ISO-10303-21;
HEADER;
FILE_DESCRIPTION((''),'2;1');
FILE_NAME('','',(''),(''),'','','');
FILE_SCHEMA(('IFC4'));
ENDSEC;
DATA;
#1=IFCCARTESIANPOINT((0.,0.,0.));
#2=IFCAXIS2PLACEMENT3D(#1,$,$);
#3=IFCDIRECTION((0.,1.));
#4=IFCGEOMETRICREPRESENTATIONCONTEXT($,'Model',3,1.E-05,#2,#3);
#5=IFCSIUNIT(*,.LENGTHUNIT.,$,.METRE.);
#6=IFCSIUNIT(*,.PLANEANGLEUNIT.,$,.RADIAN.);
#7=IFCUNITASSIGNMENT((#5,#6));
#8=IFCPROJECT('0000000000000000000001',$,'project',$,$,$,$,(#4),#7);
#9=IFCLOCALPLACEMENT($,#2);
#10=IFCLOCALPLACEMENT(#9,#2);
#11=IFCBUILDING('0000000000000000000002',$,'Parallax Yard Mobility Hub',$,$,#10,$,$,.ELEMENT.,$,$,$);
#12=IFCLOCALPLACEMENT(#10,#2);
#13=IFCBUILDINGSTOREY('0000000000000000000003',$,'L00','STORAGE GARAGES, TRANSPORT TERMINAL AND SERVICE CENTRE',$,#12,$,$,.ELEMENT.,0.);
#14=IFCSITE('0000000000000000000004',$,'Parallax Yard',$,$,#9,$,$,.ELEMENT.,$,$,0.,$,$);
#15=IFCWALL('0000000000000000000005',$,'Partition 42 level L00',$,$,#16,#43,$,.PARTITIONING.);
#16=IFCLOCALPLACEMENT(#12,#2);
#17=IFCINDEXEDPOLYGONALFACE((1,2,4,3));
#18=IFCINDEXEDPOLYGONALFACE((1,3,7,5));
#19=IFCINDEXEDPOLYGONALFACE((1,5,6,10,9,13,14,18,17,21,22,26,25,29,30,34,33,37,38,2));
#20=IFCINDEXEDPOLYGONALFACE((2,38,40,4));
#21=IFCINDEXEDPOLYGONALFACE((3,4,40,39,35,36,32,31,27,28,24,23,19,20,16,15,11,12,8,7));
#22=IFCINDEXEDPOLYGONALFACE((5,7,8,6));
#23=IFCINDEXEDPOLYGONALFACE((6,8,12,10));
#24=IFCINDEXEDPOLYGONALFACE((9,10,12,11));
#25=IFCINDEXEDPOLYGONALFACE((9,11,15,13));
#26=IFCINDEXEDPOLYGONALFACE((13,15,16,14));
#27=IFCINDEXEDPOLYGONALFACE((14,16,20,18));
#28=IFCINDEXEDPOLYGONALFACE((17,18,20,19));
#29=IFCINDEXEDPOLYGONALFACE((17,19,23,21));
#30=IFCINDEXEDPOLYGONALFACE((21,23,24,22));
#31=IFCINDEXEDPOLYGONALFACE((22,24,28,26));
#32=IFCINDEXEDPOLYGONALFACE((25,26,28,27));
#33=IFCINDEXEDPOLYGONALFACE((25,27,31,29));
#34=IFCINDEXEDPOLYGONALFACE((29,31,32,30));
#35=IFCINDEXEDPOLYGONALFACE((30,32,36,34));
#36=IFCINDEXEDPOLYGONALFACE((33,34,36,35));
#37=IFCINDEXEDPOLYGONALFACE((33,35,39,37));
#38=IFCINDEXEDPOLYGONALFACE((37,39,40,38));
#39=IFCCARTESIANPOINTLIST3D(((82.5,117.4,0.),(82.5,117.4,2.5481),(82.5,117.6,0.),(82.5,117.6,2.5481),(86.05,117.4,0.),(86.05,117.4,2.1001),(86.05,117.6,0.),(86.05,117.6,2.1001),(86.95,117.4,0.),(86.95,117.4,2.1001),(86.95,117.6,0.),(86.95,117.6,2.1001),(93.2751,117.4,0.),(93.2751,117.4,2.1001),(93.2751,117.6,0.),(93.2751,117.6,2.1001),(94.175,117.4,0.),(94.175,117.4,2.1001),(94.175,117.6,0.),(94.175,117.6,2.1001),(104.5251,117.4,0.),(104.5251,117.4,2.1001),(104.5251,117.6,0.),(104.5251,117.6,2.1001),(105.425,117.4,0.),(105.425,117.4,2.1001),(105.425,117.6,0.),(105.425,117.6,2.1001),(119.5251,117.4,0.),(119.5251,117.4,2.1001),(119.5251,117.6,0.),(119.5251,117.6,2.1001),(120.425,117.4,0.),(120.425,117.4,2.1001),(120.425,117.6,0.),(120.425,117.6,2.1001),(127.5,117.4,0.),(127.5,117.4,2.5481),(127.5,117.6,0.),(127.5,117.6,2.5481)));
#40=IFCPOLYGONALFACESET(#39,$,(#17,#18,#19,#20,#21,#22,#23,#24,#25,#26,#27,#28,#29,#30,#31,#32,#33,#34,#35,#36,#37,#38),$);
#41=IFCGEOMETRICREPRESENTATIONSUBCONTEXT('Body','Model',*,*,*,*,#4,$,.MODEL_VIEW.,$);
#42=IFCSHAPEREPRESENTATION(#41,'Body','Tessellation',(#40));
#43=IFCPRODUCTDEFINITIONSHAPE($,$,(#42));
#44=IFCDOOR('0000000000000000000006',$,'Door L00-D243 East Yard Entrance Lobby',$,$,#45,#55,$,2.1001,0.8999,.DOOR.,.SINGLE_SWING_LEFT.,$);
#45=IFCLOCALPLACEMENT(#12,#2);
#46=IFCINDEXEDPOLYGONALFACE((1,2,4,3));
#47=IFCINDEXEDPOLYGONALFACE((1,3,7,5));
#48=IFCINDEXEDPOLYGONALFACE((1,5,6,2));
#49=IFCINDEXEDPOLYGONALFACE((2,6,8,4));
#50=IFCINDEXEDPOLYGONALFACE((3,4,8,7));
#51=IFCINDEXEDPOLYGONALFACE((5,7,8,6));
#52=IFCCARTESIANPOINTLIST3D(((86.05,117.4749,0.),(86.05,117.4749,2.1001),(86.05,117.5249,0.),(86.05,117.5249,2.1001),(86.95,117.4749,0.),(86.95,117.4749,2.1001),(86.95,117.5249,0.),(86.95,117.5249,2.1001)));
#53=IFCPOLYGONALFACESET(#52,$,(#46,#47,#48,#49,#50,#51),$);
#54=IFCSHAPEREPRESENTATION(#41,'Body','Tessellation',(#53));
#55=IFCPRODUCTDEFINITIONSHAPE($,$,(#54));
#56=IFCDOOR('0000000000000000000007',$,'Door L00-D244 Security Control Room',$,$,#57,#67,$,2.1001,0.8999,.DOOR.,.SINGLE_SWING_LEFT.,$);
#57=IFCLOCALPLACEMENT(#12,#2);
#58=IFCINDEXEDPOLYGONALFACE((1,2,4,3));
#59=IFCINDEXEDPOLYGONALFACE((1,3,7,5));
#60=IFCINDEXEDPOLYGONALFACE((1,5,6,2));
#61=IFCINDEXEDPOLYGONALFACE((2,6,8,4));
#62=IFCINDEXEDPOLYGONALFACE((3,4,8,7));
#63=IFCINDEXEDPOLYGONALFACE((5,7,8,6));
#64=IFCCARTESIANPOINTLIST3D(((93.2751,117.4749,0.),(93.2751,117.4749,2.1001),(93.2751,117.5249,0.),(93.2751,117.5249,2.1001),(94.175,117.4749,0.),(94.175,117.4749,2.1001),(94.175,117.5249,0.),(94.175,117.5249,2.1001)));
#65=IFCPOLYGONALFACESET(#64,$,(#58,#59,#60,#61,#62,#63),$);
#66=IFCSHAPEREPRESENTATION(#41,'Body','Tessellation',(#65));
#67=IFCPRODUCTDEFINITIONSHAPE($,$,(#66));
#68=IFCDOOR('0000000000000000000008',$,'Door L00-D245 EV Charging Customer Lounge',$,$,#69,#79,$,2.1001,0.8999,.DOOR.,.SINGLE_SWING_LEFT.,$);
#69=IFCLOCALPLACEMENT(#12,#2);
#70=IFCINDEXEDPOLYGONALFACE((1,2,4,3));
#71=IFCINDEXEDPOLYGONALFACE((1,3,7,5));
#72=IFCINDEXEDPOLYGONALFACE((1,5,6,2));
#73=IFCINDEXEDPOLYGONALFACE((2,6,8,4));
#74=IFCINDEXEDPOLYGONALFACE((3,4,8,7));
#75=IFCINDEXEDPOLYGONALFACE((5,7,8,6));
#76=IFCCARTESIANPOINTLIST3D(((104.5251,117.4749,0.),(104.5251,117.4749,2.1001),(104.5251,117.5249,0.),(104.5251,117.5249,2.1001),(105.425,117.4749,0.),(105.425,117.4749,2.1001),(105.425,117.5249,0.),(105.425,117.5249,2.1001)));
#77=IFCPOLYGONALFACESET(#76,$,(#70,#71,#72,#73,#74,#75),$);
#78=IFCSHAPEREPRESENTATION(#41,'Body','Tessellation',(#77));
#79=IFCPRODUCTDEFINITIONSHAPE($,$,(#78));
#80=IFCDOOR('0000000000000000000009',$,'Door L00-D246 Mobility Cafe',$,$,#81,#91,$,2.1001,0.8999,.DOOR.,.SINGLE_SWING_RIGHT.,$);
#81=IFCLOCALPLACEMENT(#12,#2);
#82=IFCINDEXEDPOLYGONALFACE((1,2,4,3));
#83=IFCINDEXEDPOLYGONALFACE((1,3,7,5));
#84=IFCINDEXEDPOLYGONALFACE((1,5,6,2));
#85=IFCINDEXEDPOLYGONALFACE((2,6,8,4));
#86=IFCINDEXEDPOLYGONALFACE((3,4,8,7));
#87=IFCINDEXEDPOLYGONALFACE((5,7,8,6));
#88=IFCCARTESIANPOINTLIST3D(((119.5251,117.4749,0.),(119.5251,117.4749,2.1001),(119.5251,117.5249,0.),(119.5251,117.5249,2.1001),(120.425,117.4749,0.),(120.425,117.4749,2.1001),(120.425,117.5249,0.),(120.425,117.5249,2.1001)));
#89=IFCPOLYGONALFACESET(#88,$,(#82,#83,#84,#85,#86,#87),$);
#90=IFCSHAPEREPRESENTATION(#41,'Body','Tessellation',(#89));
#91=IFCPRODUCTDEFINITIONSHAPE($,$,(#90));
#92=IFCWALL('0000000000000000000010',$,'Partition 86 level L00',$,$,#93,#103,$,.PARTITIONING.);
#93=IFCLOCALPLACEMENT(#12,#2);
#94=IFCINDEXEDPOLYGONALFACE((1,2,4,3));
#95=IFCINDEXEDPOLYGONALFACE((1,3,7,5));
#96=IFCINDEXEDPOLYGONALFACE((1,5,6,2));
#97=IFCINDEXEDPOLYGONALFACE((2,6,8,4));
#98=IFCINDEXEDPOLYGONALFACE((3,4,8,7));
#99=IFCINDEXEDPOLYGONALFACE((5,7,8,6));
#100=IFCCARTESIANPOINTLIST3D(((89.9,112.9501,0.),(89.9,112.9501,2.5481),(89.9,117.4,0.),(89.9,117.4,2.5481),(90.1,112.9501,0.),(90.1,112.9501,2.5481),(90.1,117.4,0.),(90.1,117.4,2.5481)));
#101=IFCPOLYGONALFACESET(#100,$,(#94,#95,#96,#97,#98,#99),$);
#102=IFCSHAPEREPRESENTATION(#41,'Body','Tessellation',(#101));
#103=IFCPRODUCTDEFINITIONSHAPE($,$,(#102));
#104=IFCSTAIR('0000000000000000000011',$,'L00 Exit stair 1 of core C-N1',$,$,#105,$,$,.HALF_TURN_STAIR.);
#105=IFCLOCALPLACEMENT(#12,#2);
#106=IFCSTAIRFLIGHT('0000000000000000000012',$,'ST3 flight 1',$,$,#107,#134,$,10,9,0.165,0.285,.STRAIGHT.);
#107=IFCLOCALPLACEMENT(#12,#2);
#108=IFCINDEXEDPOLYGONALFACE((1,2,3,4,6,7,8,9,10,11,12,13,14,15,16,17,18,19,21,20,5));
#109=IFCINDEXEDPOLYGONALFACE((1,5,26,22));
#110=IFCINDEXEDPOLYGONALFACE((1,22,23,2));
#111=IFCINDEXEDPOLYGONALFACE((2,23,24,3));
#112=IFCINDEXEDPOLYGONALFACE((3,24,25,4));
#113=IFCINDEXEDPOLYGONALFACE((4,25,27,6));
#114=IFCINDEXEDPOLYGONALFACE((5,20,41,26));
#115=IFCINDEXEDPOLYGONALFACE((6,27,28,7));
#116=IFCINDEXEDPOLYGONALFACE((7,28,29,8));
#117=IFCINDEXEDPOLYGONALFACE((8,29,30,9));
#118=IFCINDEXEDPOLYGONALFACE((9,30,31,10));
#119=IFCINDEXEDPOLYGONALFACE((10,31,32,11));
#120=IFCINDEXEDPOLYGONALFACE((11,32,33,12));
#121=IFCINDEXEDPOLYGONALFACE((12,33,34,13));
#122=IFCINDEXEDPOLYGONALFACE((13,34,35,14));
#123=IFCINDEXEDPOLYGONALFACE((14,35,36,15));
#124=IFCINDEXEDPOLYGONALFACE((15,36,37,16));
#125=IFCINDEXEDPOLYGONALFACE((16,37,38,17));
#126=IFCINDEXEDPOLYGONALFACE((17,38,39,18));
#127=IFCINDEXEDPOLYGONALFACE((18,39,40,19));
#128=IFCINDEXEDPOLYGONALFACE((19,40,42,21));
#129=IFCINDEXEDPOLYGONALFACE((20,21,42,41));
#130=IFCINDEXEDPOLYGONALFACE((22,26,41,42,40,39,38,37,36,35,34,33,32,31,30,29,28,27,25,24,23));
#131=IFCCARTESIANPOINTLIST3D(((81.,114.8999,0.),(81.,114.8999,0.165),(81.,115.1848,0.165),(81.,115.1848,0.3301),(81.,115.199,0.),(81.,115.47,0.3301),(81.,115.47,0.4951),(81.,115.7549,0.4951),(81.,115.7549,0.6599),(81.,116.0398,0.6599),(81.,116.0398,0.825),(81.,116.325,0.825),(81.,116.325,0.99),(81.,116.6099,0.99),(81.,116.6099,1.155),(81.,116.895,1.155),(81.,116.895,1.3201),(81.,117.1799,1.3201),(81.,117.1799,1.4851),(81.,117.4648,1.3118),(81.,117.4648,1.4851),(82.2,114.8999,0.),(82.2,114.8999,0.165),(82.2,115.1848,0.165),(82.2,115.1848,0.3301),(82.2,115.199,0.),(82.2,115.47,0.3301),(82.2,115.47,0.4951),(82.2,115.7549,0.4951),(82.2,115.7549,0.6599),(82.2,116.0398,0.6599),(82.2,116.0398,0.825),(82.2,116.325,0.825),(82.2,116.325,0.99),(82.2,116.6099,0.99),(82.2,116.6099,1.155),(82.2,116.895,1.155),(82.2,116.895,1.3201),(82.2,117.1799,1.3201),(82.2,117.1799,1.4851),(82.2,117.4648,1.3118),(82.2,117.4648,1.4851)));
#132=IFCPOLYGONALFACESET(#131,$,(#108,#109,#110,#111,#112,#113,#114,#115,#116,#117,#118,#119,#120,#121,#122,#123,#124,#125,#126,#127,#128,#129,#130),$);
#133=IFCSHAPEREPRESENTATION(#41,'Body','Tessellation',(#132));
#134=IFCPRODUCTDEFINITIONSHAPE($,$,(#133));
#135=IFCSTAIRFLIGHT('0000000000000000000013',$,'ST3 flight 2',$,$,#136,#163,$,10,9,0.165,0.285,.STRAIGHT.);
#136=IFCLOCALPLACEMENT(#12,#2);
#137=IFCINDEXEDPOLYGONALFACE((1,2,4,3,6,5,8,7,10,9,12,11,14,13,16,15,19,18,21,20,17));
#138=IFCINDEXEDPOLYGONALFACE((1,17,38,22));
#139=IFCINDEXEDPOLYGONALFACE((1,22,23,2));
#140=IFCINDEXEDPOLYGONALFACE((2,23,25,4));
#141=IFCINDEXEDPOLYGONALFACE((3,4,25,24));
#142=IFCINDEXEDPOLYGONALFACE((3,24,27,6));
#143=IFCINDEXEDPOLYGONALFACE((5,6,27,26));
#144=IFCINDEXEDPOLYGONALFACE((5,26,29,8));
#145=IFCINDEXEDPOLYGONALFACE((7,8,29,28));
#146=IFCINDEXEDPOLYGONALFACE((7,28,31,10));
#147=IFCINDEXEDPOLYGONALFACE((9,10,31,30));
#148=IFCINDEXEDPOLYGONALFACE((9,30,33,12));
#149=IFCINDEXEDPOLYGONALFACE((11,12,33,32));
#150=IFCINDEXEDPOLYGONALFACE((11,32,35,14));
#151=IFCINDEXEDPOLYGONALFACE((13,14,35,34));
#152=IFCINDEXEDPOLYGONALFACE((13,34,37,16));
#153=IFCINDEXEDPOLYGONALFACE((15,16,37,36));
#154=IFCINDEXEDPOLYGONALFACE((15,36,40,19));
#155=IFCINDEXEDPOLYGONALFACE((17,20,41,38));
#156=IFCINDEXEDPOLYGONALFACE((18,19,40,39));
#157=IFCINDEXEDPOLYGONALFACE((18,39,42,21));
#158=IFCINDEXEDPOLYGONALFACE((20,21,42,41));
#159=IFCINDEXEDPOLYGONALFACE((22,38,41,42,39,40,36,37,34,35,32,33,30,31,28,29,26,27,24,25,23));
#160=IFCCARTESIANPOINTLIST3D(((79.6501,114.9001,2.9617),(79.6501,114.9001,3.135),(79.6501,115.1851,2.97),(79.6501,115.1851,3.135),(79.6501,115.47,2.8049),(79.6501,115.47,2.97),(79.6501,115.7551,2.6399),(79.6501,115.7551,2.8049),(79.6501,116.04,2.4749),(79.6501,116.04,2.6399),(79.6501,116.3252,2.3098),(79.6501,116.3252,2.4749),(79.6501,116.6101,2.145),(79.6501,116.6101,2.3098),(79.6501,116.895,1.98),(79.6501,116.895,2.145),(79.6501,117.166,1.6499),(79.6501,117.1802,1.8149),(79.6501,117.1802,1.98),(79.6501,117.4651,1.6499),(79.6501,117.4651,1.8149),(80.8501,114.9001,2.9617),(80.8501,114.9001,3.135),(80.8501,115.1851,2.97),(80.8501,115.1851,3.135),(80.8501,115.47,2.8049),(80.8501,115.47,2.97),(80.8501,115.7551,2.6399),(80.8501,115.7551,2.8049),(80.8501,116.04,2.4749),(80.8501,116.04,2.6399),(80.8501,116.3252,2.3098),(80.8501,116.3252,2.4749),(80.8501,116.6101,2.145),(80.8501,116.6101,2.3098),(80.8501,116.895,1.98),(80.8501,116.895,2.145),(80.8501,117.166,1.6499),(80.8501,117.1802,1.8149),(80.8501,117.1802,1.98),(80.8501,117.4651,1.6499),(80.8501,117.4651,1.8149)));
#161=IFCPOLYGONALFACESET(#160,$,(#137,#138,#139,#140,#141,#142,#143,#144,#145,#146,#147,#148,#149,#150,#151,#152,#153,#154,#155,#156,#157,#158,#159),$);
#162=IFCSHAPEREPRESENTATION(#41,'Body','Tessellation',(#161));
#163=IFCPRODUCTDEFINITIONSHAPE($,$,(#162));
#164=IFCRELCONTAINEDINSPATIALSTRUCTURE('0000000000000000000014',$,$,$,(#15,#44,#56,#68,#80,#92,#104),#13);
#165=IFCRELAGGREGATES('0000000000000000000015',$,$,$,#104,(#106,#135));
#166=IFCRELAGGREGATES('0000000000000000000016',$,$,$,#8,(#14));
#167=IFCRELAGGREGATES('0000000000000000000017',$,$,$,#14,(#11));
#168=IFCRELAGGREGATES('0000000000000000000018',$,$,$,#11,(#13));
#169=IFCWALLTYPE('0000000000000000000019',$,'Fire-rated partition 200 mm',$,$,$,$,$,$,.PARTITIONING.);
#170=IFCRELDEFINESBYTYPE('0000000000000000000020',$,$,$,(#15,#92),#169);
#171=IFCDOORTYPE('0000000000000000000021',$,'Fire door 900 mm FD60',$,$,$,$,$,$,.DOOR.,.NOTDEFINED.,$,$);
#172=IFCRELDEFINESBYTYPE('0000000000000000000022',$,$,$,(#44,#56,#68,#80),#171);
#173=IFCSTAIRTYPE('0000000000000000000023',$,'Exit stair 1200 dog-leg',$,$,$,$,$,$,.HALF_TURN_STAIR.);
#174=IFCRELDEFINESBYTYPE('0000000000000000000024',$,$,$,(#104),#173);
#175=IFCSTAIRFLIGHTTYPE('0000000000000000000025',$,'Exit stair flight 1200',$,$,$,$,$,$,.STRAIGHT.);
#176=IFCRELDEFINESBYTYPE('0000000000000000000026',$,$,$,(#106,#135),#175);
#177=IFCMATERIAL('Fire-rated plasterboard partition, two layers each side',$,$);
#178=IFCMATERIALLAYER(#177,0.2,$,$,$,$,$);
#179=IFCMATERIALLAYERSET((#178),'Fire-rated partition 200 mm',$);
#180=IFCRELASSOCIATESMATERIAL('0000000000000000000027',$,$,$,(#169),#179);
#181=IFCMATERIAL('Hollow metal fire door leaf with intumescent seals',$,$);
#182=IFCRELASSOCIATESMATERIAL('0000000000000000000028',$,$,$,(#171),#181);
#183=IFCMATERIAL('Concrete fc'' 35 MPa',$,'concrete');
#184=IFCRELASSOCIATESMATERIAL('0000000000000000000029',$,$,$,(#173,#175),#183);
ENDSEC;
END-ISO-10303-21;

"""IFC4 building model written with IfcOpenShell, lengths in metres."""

from ifc_helpers import new_model, si_unit, direction, frame, frame_2d, origin, place, context, subcontext, project, spatial, polyline, rectangle, outline, extrude, material, layer, layer_set, type_object, element, fill, aggregate, save


model = new_model("IFC4")

# Units and contexts
model_context = context("Model", 3, precision=1e-05, world=origin(), true_north=direction((0.0, 1.0)))
body_context = subcontext(model_context, "Body", "Model", "MODEL_VIEW")
ifc_project = project(units=[si_unit("LENGTHUNIT", "METRE"), si_unit("PLANEANGLEUNIT", "RADIAN")], contexts=[model_context])

# Site, building, storey
site_placement = place(None, origin())
site = spatial("IfcSite", under=ifc_project, at=site_placement, Name="Parallax Yard", CompositionType="ELEMENT", RefElevation=0.0)
building_placement = place(site_placement, origin())
building = spatial("IfcBuilding", under=site, at=building_placement, Name="Parallax Yard Mobility Hub", CompositionType="ELEMENT")
storey_placement = place(building_placement, origin())
storey = spatial("IfcBuildingStorey", under=building, at=storey_placement, Name="L00", Description="STORAGE GARAGES, TRANSPORT TERMINAL AND SERVICE CENTRE", CompositionType="ELEMENT", Elevation=0.0)

# Shared definitions
ifc_material_1 = material(Name="Concrete fc' 35 MPa", Category="concrete")

# Wall, openings, doors
ifc_material_2 = material(Name="Fire-rated plasterboard partition, two layers each side")
ifc_layer_1 = layer(ifc_material_2, 0.2)
ifc_layer_set_1 = layer_set([ifc_layer_1], Name="Fire-rated partition 200 mm")
wall_type_1 = type_object("IfcWallType", Name="Fire-rated partition 200 mm", PredefinedType="PARTITIONING", material=ifc_layer_set_1)
wall_1_placement = place(storey_placement, frame((82.5, 117.5, 0.0), z_axis=(0.0, 0.0, 1.0), x_axis=(1.0, 0.0, 0.0)))
wall_1 = element("IfcWall", 1, at=wall_1_placement, inside=storey, type_object=wall_type_1, Name="Partition 42 level L00", PredefinedType="PARTITIONING", context=body_context, shape_type="SweptSolid", body=[
    extrude(rectangle(XDim=45.0, YDim=0.2, at=frame_2d((22.5, 0.0))), origin(), (0.0, 0.0, 1.0), 2.5481),
])
opening_1_placement = place(wall_1_placement, frame((3.55, 0.0, 0.0)))
opening_1 = element("IfcOpeningElement", 2, at=opening_1_placement, cuts=wall_1, PredefinedType="OPENING", context=body_context, shape_type="SweptSolid", body=[
    extrude(rectangle(XDim=0.8999, YDim=2.1001, at=frame_2d((0.45, 1.05))), frame((0.0, 0.1099, 0.0), z_axis=(0.0, -1.0, 0.0), x_axis=(1.0, 0.0, 0.0)), (0.0, 0.0, 1.0), 0.22),
])
opening_2_placement = place(wall_1_placement, frame((10.7751, 0.0, 0.0)))
opening_2 = element("IfcOpeningElement", 3, at=opening_2_placement, cuts=wall_1, PredefinedType="OPENING", context=body_context, shape_type="SweptSolid", body=[
    extrude(rectangle(XDim=0.8999, YDim=2.1001, at=frame_2d((0.45, 1.05))), frame((0.0, 0.1099, 0.0), z_axis=(0.0, -1.0, 0.0), x_axis=(1.0, 0.0, 0.0)), (0.0, 0.0, 1.0), 0.22),
])
opening_3_placement = place(wall_1_placement, frame((22.0251, 0.0, 0.0)))
opening_3 = element("IfcOpeningElement", 4, at=opening_3_placement, cuts=wall_1, PredefinedType="OPENING", context=body_context, shape_type="SweptSolid", body=[
    extrude(rectangle(XDim=0.8999, YDim=2.1001, at=frame_2d((0.45, 1.05))), frame((0.0, 0.1099, 0.0), z_axis=(0.0, -1.0, 0.0), x_axis=(1.0, 0.0, 0.0)), (0.0, 0.0, 1.0), 0.22),
])
opening_4_placement = place(wall_1_placement, frame((37.0251, 0.0, 0.0)))
opening_4 = element("IfcOpeningElement", 5, at=opening_4_placement, cuts=wall_1, PredefinedType="OPENING", context=body_context, shape_type="SweptSolid", body=[
    extrude(rectangle(XDim=0.8999, YDim=2.1001, at=frame_2d((0.45, 1.05))), frame((0.0, 0.1099, 0.0), z_axis=(0.0, -1.0, 0.0), x_axis=(1.0, 0.0, 0.0)), (0.0, 0.0, 1.0), 0.22),
])
ifc_material_3 = material(Name="Hollow metal fire door leaf with intumescent seals")
door_type_1 = type_object("IfcDoorType", Name="Fire door 900 mm FD60", OperationType="NOTDEFINED", PredefinedType="DOOR", material=ifc_material_3)
door_1_placement = place(opening_1_placement, origin())
door_1 = element("IfcDoor", 6, at=door_1_placement, inside=storey, type_object=door_type_1, Name="Door L00-D243 East Yard Entrance Lobby", OperationType="SINGLE_SWING_LEFT", OverallHeight=2.1001, OverallWidth=0.8999, PredefinedType="DOOR", context=body_context, shape_type="SweptSolid", body=[
    extrude(rectangle(XDim=0.8999, YDim=2.1001, at=frame_2d((0.45, 1.05))), frame((0.0, 0.0249, 0.0), z_axis=(0.0, -1.0, 0.0), x_axis=(1.0, 0.0, 0.0)), (0.0, 0.0, 1.0), 0.05),
])
fill(opening_1, door_1)
door_2_placement = place(opening_2_placement, origin())
door_2 = element("IfcDoor", 7, at=door_2_placement, inside=storey, type_object=door_type_1, Name="Door L00-D244 Security Control Room", OperationType="SINGLE_SWING_LEFT", OverallHeight=2.1001, OverallWidth=0.8999, PredefinedType="DOOR", context=body_context, shape_type="SweptSolid", body=[
    extrude(rectangle(XDim=0.8999, YDim=2.1001, at=frame_2d((0.45, 1.05))), frame((0.0, 0.0249, 0.0), z_axis=(0.0, -1.0, 0.0), x_axis=(1.0, 0.0, 0.0)), (0.0, 0.0, 1.0), 0.05),
])
fill(opening_2, door_2)
door_3_placement = place(opening_3_placement, origin())
door_3 = element("IfcDoor", 8, at=door_3_placement, inside=storey, type_object=door_type_1, Name="Door L00-D245 EV Charging Customer Lounge", OperationType="SINGLE_SWING_LEFT", OverallHeight=2.1001, OverallWidth=0.8999, PredefinedType="DOOR", context=body_context, shape_type="SweptSolid", body=[
    extrude(rectangle(XDim=0.8999, YDim=2.1001, at=frame_2d((0.45, 1.05))), frame((0.0, 0.0249, 0.0), z_axis=(0.0, -1.0, 0.0), x_axis=(1.0, 0.0, 0.0)), (0.0, 0.0, 1.0), 0.05),
])
fill(opening_3, door_3)
door_4_placement = place(opening_4_placement, origin())
door_4 = element("IfcDoor", 9, at=door_4_placement, inside=storey, type_object=door_type_1, Name="Door L00-D246 Mobility Cafe", OperationType="SINGLE_SWING_RIGHT", OverallHeight=2.1001, OverallWidth=0.8999, PredefinedType="DOOR", context=body_context, shape_type="SweptSolid", body=[
    extrude(rectangle(XDim=0.8999, YDim=2.1001, at=frame_2d((0.45, 1.05))), frame((0.0, 0.0249, 0.0), z_axis=(0.0, -1.0, 0.0), x_axis=(1.0, 0.0, 0.0)), (0.0, 0.0, 1.0), 0.05),
])
fill(opening_4, door_4)

# Wall
wall_2_placement = place(storey_placement, frame((90.0, 112.95, 0.0), z_axis=(0.0, 0.0, 1.0), x_axis=(0.0, 1.0, 0.0)))
element("IfcWall", 10, at=wall_2_placement, inside=storey, type_object=wall_type_1, Name="Partition 86 level L00", PredefinedType="PARTITIONING", context=body_context, shape_type="SweptSolid", body=[
    extrude(rectangle(XDim=4.45, YDim=0.2, at=frame_2d((2.2251, 0.0))), origin(), (0.0, 0.0, 1.0), 2.5481),
])

# Stair, stair flights
stair_type = type_object("IfcStairType", Name="Exit stair 1200 dog-leg", PredefinedType="HALF_TURN_STAIR", material=ifc_material_1)
stair_placement = place(storey_placement, origin())
stair = element("IfcStair", 11, at=stair_placement, inside=storey, type_object=stair_type, Name="L00 Exit stair 1 of core C-N1", PredefinedType="HALF_TURN_STAIR")
stair_flight_type = type_object("IfcStairFlightType", Name="Exit stair flight 1200", PredefinedType="STRAIGHT", material=ifc_material_1)
stair_flight_1_placement = place(storey_placement, frame((81.6001, 114.8999, 0.0), z_axis=(0.0, 0.0, 1.0), x_axis=(0.0, 1.0, 0.0)))
stair_flight_1 = element("IfcStairFlight", 12, at=stair_flight_1_placement, type_object=stair_flight_type, Name="ST3 flight 1", NumberOfRisers=10, NumberOfTreads=9, PredefinedType="STRAIGHT", RiserHeight=0.165, TreadLength=0.285, context=body_context, shape_type="SweptSolid", body=[
    extrude(outline(polyline([(0.0, 0.0), (0.0, 0.165), (0.2849, 0.165), (0.2849, 0.3301), (0.5701, 0.3301), (0.5701, 0.4951), (0.855, 0.4951), (0.855, 0.6599), (1.1399, 0.6599), (1.1399, 0.825), (1.425, 0.825), (1.425, 0.99), (1.71, 0.99), (1.71, 1.155), (1.9951, 1.155), (1.9951, 1.3201), (2.28, 1.3201), (2.28, 1.4851), (2.5649, 1.4851), (2.5649, 1.6499), (2.5649, 1.3118), (0.2991, 0.0), (0.0, 0.0)])), frame((0.0, 0.6001, 0.0), z_axis=(0.0, -1.0, 0.0), x_axis=(1.0, 0.0, 0.0)), (0.0, 0.0, 1.0), 1.2),
])
stair_flight_2_placement = place(storey_placement, frame((80.25, 117.4651, 1.6499), z_axis=(0.0, 0.0, 1.0), x_axis=(0.0, -1.0, 0.0)))
stair_flight_2 = element("IfcStairFlight", 13, at=stair_flight_2_placement, type_object=stair_flight_type, Name="ST3 flight 2", NumberOfRisers=10, NumberOfTreads=9, PredefinedType="STRAIGHT", RiserHeight=0.165, TreadLength=0.285, context=body_context, shape_type="SweptSolid", body=[
    extrude(outline(polyline([(0.0, 0.0), (0.0, 0.165), (0.2849, 0.165), (0.2849, 0.3301), (0.5701, 0.3301), (0.5701, 0.4951), (0.855, 0.4951), (0.855, 0.6599), (1.1399, 0.6599), (1.1399, 0.825), (1.425, 0.825), (1.425, 0.99), (1.71, 0.99), (1.71, 1.155), (1.9951, 1.155), (1.9951, 1.3201), (2.28, 1.3201), (2.28, 1.4851), (2.5649, 1.4851), (2.5649, 1.6499), (2.5649, 1.3118), (0.2991, 0.0), (0.0, 0.0)])), frame((0.0, 0.6001, 0.0), z_axis=(0.0, -1.0, 0.0), x_axis=(1.0, 0.0, 0.0)), (0.0, 0.0, 1.0), 1.2),
])
aggregate(stair, [stair_flight_1, stair_flight_2])

save(model, "model.ifc")
